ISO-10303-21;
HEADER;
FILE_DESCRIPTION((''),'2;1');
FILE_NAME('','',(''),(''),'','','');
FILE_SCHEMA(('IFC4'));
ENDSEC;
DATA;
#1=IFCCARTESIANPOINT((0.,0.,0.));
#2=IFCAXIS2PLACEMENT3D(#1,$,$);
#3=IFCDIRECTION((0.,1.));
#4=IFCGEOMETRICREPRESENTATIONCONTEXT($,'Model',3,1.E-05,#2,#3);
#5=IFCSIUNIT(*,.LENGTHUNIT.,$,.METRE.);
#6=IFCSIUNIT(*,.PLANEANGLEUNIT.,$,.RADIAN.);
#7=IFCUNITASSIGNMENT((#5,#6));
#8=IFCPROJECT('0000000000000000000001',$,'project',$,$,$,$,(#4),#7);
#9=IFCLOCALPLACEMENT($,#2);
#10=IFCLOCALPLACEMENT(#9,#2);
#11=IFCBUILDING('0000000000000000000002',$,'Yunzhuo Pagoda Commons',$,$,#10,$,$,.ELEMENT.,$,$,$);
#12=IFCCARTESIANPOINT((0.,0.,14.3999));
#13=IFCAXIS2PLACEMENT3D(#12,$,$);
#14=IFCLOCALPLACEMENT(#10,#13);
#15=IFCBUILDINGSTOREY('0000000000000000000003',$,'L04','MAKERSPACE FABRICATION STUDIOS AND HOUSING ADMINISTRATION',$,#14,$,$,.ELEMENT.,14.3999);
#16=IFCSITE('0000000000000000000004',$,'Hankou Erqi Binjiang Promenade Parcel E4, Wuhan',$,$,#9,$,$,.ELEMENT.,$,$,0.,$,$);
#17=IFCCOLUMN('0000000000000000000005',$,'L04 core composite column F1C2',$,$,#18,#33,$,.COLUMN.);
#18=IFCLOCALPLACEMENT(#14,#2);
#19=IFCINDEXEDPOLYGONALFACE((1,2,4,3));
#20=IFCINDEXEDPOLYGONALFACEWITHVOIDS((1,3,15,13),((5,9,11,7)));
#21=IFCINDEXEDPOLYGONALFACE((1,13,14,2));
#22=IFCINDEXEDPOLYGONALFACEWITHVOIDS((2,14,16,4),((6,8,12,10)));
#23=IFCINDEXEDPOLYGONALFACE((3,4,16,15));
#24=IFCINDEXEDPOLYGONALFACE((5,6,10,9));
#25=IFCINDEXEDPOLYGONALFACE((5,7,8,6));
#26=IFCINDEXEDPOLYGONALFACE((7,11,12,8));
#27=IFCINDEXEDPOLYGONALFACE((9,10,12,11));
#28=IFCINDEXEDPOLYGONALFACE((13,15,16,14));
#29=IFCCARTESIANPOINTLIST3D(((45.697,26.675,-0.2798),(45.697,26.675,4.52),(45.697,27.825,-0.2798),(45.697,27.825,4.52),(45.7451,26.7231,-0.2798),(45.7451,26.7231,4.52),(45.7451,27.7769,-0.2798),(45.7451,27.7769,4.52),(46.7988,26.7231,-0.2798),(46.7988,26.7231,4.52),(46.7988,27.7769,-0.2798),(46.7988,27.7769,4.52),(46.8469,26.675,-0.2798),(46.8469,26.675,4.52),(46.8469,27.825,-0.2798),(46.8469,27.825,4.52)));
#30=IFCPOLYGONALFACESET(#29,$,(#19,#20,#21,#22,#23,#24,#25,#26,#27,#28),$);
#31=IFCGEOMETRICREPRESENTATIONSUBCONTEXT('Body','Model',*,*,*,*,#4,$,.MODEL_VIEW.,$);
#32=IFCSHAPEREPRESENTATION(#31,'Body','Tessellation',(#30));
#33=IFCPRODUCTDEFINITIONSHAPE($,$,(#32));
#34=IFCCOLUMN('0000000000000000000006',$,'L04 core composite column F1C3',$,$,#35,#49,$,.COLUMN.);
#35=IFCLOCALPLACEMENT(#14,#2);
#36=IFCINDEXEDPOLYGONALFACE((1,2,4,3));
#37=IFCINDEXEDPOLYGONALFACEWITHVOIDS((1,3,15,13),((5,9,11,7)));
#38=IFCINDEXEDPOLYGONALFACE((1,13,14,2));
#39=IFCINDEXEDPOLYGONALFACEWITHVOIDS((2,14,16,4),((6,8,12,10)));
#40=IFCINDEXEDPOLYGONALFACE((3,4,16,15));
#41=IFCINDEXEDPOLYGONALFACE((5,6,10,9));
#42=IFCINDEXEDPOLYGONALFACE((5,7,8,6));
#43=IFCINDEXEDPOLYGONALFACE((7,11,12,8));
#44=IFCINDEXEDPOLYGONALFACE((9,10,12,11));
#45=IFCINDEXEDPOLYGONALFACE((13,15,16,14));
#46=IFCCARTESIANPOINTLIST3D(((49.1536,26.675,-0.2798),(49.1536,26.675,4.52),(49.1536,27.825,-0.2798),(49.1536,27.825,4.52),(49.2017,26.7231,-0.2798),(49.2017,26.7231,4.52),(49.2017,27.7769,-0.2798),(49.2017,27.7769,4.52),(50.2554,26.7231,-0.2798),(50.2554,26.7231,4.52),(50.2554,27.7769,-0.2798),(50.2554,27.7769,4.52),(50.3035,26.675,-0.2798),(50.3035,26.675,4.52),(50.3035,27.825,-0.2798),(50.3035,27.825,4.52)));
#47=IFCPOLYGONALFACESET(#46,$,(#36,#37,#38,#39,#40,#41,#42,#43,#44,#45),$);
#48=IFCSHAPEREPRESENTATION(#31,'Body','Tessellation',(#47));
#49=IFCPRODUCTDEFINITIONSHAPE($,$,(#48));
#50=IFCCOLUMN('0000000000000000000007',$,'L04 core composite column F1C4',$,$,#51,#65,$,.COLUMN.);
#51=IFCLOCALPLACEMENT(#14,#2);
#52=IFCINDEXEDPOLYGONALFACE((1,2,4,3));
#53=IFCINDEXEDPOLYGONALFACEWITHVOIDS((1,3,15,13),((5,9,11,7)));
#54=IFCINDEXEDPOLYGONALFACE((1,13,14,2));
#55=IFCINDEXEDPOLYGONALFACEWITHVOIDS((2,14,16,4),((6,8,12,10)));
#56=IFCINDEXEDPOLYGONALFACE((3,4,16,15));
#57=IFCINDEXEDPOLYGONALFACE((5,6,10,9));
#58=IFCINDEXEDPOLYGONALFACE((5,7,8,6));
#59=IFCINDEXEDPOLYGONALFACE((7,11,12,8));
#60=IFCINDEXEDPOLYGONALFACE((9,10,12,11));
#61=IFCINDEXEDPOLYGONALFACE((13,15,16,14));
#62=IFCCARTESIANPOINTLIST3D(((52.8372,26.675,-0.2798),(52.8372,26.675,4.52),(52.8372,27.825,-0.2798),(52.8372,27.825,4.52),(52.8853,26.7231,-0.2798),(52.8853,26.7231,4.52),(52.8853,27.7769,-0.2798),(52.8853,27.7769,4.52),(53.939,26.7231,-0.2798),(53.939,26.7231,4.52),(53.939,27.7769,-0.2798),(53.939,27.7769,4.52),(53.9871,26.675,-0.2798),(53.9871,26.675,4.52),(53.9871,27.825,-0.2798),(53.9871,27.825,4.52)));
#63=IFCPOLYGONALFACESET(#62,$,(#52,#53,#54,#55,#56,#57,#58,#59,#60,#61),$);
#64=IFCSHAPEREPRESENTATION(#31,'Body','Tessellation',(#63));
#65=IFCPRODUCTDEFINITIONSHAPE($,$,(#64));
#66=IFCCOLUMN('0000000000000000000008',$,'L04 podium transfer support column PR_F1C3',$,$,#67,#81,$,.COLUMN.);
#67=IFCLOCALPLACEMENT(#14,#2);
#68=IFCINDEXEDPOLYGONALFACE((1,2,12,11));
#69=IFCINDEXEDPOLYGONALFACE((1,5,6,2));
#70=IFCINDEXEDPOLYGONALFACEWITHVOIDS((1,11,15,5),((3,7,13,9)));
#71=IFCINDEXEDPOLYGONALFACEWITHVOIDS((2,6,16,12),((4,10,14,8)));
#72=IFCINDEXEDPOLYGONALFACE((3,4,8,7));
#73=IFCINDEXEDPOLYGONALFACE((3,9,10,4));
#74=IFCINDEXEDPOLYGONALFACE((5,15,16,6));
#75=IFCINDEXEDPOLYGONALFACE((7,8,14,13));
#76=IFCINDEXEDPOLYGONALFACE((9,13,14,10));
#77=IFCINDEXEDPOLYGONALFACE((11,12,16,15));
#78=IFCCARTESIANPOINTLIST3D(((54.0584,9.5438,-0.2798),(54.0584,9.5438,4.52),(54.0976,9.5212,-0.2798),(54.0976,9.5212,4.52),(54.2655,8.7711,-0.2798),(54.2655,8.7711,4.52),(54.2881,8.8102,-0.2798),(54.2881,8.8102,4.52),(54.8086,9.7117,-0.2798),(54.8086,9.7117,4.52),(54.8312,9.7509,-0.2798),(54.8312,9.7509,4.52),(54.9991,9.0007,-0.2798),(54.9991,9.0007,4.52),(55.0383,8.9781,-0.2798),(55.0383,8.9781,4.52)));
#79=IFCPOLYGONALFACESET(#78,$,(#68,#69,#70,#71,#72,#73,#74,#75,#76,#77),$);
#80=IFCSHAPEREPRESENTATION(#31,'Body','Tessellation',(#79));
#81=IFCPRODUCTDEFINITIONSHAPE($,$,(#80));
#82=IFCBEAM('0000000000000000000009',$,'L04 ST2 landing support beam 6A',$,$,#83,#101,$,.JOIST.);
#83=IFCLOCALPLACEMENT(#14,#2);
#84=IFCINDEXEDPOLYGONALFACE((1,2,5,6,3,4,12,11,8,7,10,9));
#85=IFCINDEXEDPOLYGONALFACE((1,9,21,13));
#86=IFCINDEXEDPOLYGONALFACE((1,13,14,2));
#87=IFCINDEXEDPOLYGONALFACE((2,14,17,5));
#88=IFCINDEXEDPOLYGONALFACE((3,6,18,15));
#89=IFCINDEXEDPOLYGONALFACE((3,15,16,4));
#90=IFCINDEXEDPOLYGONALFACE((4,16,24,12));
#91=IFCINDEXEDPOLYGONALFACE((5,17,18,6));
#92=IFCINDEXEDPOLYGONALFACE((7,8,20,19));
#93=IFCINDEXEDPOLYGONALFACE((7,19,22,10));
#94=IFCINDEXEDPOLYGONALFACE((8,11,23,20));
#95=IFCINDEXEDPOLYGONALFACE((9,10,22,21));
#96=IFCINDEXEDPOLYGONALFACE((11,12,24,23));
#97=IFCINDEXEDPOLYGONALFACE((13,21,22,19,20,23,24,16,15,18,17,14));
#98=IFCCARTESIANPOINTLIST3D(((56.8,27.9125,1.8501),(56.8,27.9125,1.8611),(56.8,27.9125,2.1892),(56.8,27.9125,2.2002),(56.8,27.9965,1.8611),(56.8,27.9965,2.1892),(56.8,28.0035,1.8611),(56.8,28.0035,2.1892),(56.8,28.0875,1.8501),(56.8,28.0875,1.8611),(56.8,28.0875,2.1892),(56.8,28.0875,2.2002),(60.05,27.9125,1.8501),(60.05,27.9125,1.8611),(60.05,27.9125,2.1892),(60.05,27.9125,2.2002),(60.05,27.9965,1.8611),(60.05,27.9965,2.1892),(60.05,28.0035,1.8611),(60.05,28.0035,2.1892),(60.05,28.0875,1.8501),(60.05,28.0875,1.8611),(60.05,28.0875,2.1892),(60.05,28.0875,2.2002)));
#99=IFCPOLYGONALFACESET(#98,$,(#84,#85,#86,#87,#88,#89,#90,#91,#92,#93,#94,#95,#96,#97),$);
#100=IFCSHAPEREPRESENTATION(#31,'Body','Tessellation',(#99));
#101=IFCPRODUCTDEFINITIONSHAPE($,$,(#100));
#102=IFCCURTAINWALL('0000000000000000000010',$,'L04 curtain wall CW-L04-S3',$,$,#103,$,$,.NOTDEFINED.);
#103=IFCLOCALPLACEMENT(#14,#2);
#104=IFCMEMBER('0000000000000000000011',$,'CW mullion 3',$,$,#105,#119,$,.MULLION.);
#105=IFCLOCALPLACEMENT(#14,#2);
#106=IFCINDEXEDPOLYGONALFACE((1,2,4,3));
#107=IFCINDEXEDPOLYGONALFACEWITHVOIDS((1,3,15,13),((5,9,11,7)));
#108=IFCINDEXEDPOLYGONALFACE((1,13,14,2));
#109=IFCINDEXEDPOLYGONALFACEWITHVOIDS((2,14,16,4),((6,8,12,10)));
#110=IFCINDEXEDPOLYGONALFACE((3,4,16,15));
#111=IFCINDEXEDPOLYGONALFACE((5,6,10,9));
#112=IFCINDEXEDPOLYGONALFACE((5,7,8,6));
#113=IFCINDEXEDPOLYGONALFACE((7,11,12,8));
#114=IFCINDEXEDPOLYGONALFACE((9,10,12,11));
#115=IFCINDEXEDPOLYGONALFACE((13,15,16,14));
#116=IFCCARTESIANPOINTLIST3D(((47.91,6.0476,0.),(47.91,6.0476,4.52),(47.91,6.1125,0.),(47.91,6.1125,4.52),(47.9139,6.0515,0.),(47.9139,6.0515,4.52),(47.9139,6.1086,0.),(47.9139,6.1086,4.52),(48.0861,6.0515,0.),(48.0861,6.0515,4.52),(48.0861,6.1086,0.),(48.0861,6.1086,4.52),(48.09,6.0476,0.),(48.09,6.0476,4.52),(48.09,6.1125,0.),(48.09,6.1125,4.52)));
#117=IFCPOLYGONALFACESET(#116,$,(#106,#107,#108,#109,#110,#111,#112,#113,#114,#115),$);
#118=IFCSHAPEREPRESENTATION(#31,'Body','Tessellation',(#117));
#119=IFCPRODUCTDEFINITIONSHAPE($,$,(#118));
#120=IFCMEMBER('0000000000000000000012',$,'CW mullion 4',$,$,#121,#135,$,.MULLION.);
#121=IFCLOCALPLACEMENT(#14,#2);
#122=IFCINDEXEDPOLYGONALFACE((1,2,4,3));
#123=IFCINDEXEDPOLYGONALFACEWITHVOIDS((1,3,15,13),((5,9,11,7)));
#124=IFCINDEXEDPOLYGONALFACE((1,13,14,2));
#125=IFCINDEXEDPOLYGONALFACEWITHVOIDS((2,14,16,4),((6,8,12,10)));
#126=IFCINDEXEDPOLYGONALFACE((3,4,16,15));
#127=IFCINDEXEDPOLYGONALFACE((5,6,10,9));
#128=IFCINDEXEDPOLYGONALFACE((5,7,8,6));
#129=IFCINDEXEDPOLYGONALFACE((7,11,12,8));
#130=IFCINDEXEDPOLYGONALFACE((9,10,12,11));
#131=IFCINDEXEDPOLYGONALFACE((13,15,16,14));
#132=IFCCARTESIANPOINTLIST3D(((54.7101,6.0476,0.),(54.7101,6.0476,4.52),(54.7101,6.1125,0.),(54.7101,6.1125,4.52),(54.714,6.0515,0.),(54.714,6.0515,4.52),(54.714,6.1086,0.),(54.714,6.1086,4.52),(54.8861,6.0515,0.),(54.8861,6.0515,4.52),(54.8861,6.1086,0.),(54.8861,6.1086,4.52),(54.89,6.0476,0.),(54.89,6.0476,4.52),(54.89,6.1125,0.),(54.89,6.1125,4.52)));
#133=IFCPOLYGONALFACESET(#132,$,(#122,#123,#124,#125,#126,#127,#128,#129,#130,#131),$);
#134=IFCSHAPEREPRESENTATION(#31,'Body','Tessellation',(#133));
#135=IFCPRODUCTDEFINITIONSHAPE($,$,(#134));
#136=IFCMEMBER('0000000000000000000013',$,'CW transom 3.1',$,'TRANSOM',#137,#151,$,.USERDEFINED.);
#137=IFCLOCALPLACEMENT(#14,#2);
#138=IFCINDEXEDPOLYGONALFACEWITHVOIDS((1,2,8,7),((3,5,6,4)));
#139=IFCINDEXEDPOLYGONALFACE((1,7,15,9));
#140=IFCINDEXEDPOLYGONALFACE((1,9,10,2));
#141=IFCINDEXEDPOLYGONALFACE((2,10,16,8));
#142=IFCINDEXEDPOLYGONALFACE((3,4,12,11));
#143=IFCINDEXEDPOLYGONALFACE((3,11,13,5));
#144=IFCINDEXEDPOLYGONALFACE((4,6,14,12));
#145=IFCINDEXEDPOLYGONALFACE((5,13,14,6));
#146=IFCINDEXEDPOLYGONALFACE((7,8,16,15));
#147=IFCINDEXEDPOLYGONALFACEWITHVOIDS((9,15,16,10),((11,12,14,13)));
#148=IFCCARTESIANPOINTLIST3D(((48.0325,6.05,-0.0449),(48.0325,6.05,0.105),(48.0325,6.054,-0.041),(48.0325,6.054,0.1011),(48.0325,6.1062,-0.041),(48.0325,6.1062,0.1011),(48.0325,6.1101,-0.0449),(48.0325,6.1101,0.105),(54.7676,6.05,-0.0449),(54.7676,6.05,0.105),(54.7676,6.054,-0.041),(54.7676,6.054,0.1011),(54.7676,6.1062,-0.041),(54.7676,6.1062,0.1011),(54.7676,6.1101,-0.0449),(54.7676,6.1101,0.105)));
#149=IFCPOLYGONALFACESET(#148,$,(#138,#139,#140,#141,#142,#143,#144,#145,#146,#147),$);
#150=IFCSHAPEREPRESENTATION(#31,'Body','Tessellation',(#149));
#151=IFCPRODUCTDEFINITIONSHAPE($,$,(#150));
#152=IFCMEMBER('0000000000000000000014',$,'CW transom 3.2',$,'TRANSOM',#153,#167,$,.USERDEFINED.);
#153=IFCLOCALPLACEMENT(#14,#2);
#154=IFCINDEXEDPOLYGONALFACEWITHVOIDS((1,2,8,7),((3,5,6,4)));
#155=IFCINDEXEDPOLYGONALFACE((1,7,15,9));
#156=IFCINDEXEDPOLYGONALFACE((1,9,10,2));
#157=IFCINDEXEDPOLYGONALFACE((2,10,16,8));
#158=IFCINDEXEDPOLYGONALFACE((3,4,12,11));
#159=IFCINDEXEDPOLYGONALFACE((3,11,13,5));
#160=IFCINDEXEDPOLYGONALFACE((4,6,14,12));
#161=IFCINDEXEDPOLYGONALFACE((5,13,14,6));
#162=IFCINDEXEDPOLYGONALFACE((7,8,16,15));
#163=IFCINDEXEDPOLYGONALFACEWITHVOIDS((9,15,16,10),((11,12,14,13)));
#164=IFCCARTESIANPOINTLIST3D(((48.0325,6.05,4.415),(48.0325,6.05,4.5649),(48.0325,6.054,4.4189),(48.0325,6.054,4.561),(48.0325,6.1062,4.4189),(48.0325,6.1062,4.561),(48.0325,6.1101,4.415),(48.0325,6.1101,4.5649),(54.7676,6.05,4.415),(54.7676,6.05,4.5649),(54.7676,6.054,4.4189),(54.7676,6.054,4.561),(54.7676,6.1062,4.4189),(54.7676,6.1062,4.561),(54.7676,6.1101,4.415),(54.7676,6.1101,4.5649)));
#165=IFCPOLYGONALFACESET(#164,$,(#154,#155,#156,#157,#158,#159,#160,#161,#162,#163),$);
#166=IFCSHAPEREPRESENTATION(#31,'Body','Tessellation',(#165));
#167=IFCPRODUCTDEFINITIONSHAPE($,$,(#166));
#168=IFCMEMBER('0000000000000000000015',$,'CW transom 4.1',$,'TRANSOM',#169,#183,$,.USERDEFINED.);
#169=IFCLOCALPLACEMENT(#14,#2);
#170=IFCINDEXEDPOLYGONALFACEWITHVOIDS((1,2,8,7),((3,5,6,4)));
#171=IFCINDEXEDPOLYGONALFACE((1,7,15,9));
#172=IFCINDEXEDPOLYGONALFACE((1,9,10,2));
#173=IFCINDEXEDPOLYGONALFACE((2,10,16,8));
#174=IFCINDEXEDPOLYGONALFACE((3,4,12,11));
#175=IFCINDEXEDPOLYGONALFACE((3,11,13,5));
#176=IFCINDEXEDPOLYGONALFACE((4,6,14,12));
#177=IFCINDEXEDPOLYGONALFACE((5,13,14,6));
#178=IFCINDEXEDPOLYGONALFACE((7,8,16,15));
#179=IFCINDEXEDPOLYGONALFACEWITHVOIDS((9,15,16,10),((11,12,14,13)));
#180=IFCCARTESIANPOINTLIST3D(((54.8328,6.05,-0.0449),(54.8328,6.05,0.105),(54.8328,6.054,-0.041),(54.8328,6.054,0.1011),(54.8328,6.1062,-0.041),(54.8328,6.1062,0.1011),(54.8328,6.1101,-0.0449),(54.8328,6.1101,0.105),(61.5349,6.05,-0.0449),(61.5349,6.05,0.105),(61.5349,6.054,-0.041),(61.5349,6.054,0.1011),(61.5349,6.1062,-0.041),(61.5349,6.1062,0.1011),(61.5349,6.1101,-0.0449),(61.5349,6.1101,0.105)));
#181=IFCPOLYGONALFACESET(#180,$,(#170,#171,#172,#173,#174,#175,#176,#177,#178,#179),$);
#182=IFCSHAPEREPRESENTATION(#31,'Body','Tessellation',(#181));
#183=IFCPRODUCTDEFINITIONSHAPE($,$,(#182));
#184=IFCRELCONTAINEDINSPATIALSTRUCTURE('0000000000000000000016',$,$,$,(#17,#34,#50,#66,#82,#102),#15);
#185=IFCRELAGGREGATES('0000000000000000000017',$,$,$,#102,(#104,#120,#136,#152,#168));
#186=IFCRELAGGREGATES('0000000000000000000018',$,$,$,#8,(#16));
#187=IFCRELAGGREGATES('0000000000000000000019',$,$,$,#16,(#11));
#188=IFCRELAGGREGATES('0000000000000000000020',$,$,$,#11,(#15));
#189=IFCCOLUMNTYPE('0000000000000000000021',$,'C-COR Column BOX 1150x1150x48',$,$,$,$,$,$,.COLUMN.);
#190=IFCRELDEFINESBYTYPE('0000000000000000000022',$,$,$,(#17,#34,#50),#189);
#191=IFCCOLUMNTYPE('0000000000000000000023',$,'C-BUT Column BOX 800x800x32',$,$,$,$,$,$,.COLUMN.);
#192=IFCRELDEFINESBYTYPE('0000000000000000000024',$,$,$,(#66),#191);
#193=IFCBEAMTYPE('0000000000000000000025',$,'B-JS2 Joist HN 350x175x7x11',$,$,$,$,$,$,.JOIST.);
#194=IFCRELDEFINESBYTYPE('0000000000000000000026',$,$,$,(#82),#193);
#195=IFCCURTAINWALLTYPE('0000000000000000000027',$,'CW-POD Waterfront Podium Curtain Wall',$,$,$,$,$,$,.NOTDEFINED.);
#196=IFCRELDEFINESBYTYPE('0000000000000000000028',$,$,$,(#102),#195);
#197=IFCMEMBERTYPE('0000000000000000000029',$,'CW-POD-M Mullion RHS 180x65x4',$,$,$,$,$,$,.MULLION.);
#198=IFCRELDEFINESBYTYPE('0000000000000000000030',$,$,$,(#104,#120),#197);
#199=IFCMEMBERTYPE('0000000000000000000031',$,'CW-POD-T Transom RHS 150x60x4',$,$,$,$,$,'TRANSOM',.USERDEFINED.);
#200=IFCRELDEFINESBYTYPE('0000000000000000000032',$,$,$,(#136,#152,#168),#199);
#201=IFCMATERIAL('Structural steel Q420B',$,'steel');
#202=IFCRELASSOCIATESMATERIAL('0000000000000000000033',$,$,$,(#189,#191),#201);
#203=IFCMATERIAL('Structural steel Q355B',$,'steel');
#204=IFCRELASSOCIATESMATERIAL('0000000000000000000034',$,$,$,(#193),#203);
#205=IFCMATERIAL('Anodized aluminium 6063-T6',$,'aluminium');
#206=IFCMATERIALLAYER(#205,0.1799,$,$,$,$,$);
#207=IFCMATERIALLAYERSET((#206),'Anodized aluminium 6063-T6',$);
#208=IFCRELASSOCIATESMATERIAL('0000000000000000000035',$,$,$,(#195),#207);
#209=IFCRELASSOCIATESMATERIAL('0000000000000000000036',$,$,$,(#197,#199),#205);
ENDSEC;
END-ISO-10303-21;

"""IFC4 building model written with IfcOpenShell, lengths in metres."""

from ifc_helpers import new_model, si_unit, direction, frame, origin, origin_2d, place, context, subcontext, project, spatial, hollow_rectangle, i_section, extrude, source, transform, mapped, material, layer, layer_set, material_profile, profile_set, type_object, element, aggregate, save


model = new_model("IFC4")

# Units and contexts
model_context = context("Model", 3, precision=1e-05, world=origin(), true_north=direction((0.0, 1.0)))
body_context = subcontext(model_context, "Body", "Model", "MODEL_VIEW")
ifc_project = project(units=[si_unit("LENGTHUNIT", "METRE"), si_unit("PLANEANGLEUNIT", "RADIAN")], contexts=[model_context])

# Site, building, storey
site_placement = place(None, origin())
site = spatial("IfcSite", under=ifc_project, at=site_placement, Name="Hankou Erqi Binjiang Promenade Parcel E4, Wuhan", CompositionType="ELEMENT", RefElevation=0.0)
building_placement = place(site_placement, origin())
building = spatial("IfcBuilding", under=site, at=building_placement, Name="Yunzhuo Pagoda Commons", CompositionType="ELEMENT")
storey_placement = place(building_placement, frame((0.0, 0.0, 14.3999)))
storey = spatial("IfcBuildingStorey", under=building, at=storey_placement, Name="L04", Description="MAKERSPACE FABRICATION STUDIOS AND HOUSING ADMINISTRATION", CompositionType="ELEMENT", Elevation=14.3999)

# Columns
ifc_material_1 = material(Name="Structural steel Q420B", Category="steel")
ifc_material_profile_1 = material_profile(ifc_material_1, hollow_rectangle(XDim=1.1499, YDim=1.1499, WallThickness=0.0481, at=origin_2d()), Name="Structural steel Q420B")
ifc_profile_set_1 = profile_set([ifc_material_profile_1], Name="Structural steel Q420B")
column_type_1 = type_object("IfcColumnType", Name="C-COR Column BOX 1150x1150x48", PredefinedType="COLUMN", material=ifc_profile_set_1)
shared_shape_1 = source(origin(), body_context, "Body", "SweptSolid", [
    extrude(hollow_rectangle(XDim=1.1499, YDim=1.1499, WallThickness=0.0481, at=origin_2d()), origin(), (0.0, 0.0, 1.0), 4.7998),
])
for number, where, z_axis, x_axis, name in (
    (1, (46.272, 27.25, -0.2798), (0.0, 0.0, 1.0), (1.0, 0.0, 0.0), "L04 core composite column F1C2"),
    (2, (49.7285, 27.25, -0.2798), (0.0, 0.0, 1.0), (1.0, 0.0, 0.0), "L04 core composite column F1C3"),
    (3, (53.4121, 27.25, -0.2798), (0.0, 0.0, 1.0), (1.0, 0.0, 0.0), "L04 core composite column F1C4"),
):
    element("IfcColumn", number, at=place(storey_placement, frame(where, z_axis=z_axis, x_axis=x_axis)), inside=storey, type_object=column_type_1, Name=name, PredefinedType="COLUMN", context=body_context, shape_type="MappedRepresentation", body=[
        mapped(shared_shape_1, transform((0.0, 0.0, 0.0), scale=1.0)),
    ])
ifc_material_profile_2 = material_profile(ifc_material_1, hollow_rectangle(XDim=0.8, YDim=0.8, WallThickness=0.032, at=origin_2d()), Name="Structural steel Q420B")
ifc_profile_set_2 = profile_set([ifc_material_profile_2], Name="Structural steel Q420B")
column_type_2 = type_object("IfcColumnType", Name="C-BUT Column BOX 800x800x32", PredefinedType="COLUMN", material=ifc_profile_set_2)
shared_shape_2 = source(origin(), body_context, "Body", "SweptSolid", [
    extrude(hollow_rectangle(XDim=0.8, YDim=0.8, WallThickness=0.032, at=origin_2d()), origin(), (0.0, 0.0, 1.0), 4.7998),
])
column_placement = place(storey_placement, frame((54.5483, 9.261, -0.2798), z_axis=(0.0, 0.0, 1.0), x_axis=(0.965926, 0.258819, 0.0)))
element("IfcColumn", 4, at=column_placement, inside=storey, type_object=column_type_2, Name="L04 podium transfer support column PR_F1C3", PredefinedType="COLUMN", context=body_context, shape_type="MappedRepresentation", body=[
    mapped(shared_shape_2, transform((0.0, 0.0, 0.0), scale=1.0)),
])

# Beam
ifc_material_2 = material(Name="Structural steel Q355B", Category="steel")
ifc_material_profile_3 = material_profile(ifc_material_2, i_section(OverallWidth=0.175, OverallDepth=0.3501, WebThickness=0.0071, FlangeThickness=0.011, at=origin_2d()), Name="Structural steel Q355B")
ifc_profile_set_3 = profile_set([ifc_material_profile_3], Name="Structural steel Q355B")
beam_type = type_object("IfcBeamType", Name="B-JS2 Joist HN 350x175x7x11", PredefinedType="JOIST", material=ifc_profile_set_3)
shared_shape_3 = source(origin(), body_context, "Body", "SweptSolid", [
    extrude(i_section(OverallWidth=0.175, OverallDepth=0.3501, WebThickness=0.0071, FlangeThickness=0.011, at=origin_2d()), origin(), (0.0, 0.0, 1.0), 3.25),
])
beam_placement = place(storey_placement, frame((56.8, 28.0, 2.0251), z_axis=(1.0, 0.0, 0.0), x_axis=(0.0, 1.0, 0.0)))
element("IfcBeam", 5, at=beam_placement, inside=storey, type_object=beam_type, Name="L04 ST2 landing support beam 6A", PredefinedType="JOIST", context=body_context, shape_type="MappedRepresentation", body=[
    mapped(shared_shape_3, transform((0.0, 0.0, 0.0), scale=1.0)),
])

# Curtain wall, members
ifc_material_3 = material(Name="Anodized aluminium 6063-T6", Category="aluminium")
ifc_layer_1 = layer(ifc_material_3, 0.1799)
ifc_layer_set_1 = layer_set([ifc_layer_1], Name="Anodized aluminium 6063-T6")
curtain_wall_type = type_object("IfcCurtainWallType", Name="CW-POD Waterfront Podium Curtain Wall", PredefinedType="NOTDEFINED", material=ifc_layer_set_1)
curtain_wall_placement = place(storey_placement, origin())
curtain_wall = element("IfcCurtainWall", 6, at=curtain_wall_placement, inside=storey, type_object=curtain_wall_type, Name="L04 curtain wall CW-L04-S3", PredefinedType="NOTDEFINED")
ifc_material_profile_4 = material_profile(ifc_material_3, hollow_rectangle(XDim=0.0649, YDim=0.1799, WallThickness=0.0039, at=origin_2d()), Name="Anodized aluminium 6063-T6")
ifc_profile_set_4 = profile_set([ifc_material_profile_4], Name="Anodized aluminium 6063-T6")
member_type_1 = type_object("IfcMemberType", Name="CW-POD-M Mullion RHS 180x65x4", PredefinedType="MULLION", material=ifc_profile_set_4)
shared_shape_4 = source(origin(), body_context, "Body", "SweptSolid", [
    extrude(hollow_rectangle(XDim=0.0649, YDim=0.1799, WallThickness=0.0039, at=origin_2d()), origin(), (0.0, 0.0, 1.0), 4.52),
])
member_1_placement = place(storey_placement, frame((48.0, 6.0801, 0.0), z_axis=(0.0, 0.0, 1.0), x_axis=(0.0, 1.0, 0.0)))
member_1 = element("IfcMember", 7, at=member_1_placement, type_object=member_type_1, Name="CW mullion 3", PredefinedType="MULLION", context=body_context, shape_type="MappedRepresentation", body=[
    mapped(shared_shape_4, transform((0.0, 0.0, 0.0), scale=1.0)),
])
member_2_placement = place(storey_placement, frame((54.8, 6.0801, 0.0), z_axis=(0.0, 0.0, 1.0), x_axis=(0.0, 1.0, 0.0)))
member_2 = element("IfcMember", 8, at=member_2_placement, type_object=member_type_1, Name="CW mullion 4", PredefinedType="MULLION", context=body_context, shape_type="MappedRepresentation", body=[
    mapped(shared_shape_4, transform((0.0, 0.0, 0.0), scale=1.0)),
])
ifc_material_profile_5 = material_profile(ifc_material_3, hollow_rectangle(XDim=0.0601, YDim=0.1499, WallThickness=0.0039, at=origin_2d()), Name="Anodized aluminium 6063-T6")
ifc_profile_set_5 = profile_set([ifc_material_profile_5], Name="Anodized aluminium 6063-T6")
member_type_2 = type_object("IfcMemberType", Name="CW-POD-T Transom RHS 150x60x4", ElementType="TRANSOM", PredefinedType="USERDEFINED", material=ifc_profile_set_5)
shared_shape_5 = source(origin(), body_context, "Body", "SweptSolid", [
    extrude(hollow_rectangle(XDim=0.0601, YDim=0.1499, WallThickness=0.0039, at=origin_2d()), origin(), (0.0, 0.0, 1.0), 6.7351),
])
member_3_placement = place(storey_placement, frame((48.0325, 6.0801, 0.03), z_axis=(1.0, 0.0, 0.0), x_axis=(0.0, 1.0, 0.0)))
member_3 = element("IfcMember", 9, at=member_3_placement, type_object=member_type_2, Name="CW transom 3.1", ObjectType="TRANSOM", PredefinedType="USERDEFINED", context=body_context, shape_type="MappedRepresentation", body=[
    mapped(shared_shape_5, transform((0.0, 0.0, 0.0), scale=1.0)),
])
member_4_placement = place(storey_placement, frame((48.0325, 6.0801, 4.49), z_axis=(1.0, 0.0, 0.0), x_axis=(0.0, 1.0, 0.0)))
member_4 = element("IfcMember", 10, at=member_4_placement, type_object=member_type_2, Name="CW transom 3.2", ObjectType="TRANSOM", PredefinedType="USERDEFINED", context=body_context, shape_type="MappedRepresentation", body=[
    mapped(shared_shape_5, transform((0.0, 0.0, 0.0), scale=1.0)),
])
shared_shape_6 = source(origin(), body_context, "Body", "SweptSolid", [
    extrude(hollow_rectangle(XDim=0.0601, YDim=0.1499, WallThickness=0.0039, at=origin_2d()), origin(), (0.0, 0.0, 1.0), 6.7021),
])
member_5_placement = place(storey_placement, frame((54.8328, 6.0801, 0.03), z_axis=(1.0, 0.0, 0.0), x_axis=(0.0, 1.0, 0.0)))
member_5 = element("IfcMember", 11, at=member_5_placement, type_object=member_type_2, Name="CW transom 4.1", ObjectType="TRANSOM", PredefinedType="USERDEFINED", context=body_context, shape_type="MappedRepresentation", body=[
    mapped(shared_shape_6, transform((0.0, 0.0, 0.0), scale=1.0)),
])
aggregate(curtain_wall, [member_1, member_2, member_3, member_4, member_5])

save(model, "model.ifc")
